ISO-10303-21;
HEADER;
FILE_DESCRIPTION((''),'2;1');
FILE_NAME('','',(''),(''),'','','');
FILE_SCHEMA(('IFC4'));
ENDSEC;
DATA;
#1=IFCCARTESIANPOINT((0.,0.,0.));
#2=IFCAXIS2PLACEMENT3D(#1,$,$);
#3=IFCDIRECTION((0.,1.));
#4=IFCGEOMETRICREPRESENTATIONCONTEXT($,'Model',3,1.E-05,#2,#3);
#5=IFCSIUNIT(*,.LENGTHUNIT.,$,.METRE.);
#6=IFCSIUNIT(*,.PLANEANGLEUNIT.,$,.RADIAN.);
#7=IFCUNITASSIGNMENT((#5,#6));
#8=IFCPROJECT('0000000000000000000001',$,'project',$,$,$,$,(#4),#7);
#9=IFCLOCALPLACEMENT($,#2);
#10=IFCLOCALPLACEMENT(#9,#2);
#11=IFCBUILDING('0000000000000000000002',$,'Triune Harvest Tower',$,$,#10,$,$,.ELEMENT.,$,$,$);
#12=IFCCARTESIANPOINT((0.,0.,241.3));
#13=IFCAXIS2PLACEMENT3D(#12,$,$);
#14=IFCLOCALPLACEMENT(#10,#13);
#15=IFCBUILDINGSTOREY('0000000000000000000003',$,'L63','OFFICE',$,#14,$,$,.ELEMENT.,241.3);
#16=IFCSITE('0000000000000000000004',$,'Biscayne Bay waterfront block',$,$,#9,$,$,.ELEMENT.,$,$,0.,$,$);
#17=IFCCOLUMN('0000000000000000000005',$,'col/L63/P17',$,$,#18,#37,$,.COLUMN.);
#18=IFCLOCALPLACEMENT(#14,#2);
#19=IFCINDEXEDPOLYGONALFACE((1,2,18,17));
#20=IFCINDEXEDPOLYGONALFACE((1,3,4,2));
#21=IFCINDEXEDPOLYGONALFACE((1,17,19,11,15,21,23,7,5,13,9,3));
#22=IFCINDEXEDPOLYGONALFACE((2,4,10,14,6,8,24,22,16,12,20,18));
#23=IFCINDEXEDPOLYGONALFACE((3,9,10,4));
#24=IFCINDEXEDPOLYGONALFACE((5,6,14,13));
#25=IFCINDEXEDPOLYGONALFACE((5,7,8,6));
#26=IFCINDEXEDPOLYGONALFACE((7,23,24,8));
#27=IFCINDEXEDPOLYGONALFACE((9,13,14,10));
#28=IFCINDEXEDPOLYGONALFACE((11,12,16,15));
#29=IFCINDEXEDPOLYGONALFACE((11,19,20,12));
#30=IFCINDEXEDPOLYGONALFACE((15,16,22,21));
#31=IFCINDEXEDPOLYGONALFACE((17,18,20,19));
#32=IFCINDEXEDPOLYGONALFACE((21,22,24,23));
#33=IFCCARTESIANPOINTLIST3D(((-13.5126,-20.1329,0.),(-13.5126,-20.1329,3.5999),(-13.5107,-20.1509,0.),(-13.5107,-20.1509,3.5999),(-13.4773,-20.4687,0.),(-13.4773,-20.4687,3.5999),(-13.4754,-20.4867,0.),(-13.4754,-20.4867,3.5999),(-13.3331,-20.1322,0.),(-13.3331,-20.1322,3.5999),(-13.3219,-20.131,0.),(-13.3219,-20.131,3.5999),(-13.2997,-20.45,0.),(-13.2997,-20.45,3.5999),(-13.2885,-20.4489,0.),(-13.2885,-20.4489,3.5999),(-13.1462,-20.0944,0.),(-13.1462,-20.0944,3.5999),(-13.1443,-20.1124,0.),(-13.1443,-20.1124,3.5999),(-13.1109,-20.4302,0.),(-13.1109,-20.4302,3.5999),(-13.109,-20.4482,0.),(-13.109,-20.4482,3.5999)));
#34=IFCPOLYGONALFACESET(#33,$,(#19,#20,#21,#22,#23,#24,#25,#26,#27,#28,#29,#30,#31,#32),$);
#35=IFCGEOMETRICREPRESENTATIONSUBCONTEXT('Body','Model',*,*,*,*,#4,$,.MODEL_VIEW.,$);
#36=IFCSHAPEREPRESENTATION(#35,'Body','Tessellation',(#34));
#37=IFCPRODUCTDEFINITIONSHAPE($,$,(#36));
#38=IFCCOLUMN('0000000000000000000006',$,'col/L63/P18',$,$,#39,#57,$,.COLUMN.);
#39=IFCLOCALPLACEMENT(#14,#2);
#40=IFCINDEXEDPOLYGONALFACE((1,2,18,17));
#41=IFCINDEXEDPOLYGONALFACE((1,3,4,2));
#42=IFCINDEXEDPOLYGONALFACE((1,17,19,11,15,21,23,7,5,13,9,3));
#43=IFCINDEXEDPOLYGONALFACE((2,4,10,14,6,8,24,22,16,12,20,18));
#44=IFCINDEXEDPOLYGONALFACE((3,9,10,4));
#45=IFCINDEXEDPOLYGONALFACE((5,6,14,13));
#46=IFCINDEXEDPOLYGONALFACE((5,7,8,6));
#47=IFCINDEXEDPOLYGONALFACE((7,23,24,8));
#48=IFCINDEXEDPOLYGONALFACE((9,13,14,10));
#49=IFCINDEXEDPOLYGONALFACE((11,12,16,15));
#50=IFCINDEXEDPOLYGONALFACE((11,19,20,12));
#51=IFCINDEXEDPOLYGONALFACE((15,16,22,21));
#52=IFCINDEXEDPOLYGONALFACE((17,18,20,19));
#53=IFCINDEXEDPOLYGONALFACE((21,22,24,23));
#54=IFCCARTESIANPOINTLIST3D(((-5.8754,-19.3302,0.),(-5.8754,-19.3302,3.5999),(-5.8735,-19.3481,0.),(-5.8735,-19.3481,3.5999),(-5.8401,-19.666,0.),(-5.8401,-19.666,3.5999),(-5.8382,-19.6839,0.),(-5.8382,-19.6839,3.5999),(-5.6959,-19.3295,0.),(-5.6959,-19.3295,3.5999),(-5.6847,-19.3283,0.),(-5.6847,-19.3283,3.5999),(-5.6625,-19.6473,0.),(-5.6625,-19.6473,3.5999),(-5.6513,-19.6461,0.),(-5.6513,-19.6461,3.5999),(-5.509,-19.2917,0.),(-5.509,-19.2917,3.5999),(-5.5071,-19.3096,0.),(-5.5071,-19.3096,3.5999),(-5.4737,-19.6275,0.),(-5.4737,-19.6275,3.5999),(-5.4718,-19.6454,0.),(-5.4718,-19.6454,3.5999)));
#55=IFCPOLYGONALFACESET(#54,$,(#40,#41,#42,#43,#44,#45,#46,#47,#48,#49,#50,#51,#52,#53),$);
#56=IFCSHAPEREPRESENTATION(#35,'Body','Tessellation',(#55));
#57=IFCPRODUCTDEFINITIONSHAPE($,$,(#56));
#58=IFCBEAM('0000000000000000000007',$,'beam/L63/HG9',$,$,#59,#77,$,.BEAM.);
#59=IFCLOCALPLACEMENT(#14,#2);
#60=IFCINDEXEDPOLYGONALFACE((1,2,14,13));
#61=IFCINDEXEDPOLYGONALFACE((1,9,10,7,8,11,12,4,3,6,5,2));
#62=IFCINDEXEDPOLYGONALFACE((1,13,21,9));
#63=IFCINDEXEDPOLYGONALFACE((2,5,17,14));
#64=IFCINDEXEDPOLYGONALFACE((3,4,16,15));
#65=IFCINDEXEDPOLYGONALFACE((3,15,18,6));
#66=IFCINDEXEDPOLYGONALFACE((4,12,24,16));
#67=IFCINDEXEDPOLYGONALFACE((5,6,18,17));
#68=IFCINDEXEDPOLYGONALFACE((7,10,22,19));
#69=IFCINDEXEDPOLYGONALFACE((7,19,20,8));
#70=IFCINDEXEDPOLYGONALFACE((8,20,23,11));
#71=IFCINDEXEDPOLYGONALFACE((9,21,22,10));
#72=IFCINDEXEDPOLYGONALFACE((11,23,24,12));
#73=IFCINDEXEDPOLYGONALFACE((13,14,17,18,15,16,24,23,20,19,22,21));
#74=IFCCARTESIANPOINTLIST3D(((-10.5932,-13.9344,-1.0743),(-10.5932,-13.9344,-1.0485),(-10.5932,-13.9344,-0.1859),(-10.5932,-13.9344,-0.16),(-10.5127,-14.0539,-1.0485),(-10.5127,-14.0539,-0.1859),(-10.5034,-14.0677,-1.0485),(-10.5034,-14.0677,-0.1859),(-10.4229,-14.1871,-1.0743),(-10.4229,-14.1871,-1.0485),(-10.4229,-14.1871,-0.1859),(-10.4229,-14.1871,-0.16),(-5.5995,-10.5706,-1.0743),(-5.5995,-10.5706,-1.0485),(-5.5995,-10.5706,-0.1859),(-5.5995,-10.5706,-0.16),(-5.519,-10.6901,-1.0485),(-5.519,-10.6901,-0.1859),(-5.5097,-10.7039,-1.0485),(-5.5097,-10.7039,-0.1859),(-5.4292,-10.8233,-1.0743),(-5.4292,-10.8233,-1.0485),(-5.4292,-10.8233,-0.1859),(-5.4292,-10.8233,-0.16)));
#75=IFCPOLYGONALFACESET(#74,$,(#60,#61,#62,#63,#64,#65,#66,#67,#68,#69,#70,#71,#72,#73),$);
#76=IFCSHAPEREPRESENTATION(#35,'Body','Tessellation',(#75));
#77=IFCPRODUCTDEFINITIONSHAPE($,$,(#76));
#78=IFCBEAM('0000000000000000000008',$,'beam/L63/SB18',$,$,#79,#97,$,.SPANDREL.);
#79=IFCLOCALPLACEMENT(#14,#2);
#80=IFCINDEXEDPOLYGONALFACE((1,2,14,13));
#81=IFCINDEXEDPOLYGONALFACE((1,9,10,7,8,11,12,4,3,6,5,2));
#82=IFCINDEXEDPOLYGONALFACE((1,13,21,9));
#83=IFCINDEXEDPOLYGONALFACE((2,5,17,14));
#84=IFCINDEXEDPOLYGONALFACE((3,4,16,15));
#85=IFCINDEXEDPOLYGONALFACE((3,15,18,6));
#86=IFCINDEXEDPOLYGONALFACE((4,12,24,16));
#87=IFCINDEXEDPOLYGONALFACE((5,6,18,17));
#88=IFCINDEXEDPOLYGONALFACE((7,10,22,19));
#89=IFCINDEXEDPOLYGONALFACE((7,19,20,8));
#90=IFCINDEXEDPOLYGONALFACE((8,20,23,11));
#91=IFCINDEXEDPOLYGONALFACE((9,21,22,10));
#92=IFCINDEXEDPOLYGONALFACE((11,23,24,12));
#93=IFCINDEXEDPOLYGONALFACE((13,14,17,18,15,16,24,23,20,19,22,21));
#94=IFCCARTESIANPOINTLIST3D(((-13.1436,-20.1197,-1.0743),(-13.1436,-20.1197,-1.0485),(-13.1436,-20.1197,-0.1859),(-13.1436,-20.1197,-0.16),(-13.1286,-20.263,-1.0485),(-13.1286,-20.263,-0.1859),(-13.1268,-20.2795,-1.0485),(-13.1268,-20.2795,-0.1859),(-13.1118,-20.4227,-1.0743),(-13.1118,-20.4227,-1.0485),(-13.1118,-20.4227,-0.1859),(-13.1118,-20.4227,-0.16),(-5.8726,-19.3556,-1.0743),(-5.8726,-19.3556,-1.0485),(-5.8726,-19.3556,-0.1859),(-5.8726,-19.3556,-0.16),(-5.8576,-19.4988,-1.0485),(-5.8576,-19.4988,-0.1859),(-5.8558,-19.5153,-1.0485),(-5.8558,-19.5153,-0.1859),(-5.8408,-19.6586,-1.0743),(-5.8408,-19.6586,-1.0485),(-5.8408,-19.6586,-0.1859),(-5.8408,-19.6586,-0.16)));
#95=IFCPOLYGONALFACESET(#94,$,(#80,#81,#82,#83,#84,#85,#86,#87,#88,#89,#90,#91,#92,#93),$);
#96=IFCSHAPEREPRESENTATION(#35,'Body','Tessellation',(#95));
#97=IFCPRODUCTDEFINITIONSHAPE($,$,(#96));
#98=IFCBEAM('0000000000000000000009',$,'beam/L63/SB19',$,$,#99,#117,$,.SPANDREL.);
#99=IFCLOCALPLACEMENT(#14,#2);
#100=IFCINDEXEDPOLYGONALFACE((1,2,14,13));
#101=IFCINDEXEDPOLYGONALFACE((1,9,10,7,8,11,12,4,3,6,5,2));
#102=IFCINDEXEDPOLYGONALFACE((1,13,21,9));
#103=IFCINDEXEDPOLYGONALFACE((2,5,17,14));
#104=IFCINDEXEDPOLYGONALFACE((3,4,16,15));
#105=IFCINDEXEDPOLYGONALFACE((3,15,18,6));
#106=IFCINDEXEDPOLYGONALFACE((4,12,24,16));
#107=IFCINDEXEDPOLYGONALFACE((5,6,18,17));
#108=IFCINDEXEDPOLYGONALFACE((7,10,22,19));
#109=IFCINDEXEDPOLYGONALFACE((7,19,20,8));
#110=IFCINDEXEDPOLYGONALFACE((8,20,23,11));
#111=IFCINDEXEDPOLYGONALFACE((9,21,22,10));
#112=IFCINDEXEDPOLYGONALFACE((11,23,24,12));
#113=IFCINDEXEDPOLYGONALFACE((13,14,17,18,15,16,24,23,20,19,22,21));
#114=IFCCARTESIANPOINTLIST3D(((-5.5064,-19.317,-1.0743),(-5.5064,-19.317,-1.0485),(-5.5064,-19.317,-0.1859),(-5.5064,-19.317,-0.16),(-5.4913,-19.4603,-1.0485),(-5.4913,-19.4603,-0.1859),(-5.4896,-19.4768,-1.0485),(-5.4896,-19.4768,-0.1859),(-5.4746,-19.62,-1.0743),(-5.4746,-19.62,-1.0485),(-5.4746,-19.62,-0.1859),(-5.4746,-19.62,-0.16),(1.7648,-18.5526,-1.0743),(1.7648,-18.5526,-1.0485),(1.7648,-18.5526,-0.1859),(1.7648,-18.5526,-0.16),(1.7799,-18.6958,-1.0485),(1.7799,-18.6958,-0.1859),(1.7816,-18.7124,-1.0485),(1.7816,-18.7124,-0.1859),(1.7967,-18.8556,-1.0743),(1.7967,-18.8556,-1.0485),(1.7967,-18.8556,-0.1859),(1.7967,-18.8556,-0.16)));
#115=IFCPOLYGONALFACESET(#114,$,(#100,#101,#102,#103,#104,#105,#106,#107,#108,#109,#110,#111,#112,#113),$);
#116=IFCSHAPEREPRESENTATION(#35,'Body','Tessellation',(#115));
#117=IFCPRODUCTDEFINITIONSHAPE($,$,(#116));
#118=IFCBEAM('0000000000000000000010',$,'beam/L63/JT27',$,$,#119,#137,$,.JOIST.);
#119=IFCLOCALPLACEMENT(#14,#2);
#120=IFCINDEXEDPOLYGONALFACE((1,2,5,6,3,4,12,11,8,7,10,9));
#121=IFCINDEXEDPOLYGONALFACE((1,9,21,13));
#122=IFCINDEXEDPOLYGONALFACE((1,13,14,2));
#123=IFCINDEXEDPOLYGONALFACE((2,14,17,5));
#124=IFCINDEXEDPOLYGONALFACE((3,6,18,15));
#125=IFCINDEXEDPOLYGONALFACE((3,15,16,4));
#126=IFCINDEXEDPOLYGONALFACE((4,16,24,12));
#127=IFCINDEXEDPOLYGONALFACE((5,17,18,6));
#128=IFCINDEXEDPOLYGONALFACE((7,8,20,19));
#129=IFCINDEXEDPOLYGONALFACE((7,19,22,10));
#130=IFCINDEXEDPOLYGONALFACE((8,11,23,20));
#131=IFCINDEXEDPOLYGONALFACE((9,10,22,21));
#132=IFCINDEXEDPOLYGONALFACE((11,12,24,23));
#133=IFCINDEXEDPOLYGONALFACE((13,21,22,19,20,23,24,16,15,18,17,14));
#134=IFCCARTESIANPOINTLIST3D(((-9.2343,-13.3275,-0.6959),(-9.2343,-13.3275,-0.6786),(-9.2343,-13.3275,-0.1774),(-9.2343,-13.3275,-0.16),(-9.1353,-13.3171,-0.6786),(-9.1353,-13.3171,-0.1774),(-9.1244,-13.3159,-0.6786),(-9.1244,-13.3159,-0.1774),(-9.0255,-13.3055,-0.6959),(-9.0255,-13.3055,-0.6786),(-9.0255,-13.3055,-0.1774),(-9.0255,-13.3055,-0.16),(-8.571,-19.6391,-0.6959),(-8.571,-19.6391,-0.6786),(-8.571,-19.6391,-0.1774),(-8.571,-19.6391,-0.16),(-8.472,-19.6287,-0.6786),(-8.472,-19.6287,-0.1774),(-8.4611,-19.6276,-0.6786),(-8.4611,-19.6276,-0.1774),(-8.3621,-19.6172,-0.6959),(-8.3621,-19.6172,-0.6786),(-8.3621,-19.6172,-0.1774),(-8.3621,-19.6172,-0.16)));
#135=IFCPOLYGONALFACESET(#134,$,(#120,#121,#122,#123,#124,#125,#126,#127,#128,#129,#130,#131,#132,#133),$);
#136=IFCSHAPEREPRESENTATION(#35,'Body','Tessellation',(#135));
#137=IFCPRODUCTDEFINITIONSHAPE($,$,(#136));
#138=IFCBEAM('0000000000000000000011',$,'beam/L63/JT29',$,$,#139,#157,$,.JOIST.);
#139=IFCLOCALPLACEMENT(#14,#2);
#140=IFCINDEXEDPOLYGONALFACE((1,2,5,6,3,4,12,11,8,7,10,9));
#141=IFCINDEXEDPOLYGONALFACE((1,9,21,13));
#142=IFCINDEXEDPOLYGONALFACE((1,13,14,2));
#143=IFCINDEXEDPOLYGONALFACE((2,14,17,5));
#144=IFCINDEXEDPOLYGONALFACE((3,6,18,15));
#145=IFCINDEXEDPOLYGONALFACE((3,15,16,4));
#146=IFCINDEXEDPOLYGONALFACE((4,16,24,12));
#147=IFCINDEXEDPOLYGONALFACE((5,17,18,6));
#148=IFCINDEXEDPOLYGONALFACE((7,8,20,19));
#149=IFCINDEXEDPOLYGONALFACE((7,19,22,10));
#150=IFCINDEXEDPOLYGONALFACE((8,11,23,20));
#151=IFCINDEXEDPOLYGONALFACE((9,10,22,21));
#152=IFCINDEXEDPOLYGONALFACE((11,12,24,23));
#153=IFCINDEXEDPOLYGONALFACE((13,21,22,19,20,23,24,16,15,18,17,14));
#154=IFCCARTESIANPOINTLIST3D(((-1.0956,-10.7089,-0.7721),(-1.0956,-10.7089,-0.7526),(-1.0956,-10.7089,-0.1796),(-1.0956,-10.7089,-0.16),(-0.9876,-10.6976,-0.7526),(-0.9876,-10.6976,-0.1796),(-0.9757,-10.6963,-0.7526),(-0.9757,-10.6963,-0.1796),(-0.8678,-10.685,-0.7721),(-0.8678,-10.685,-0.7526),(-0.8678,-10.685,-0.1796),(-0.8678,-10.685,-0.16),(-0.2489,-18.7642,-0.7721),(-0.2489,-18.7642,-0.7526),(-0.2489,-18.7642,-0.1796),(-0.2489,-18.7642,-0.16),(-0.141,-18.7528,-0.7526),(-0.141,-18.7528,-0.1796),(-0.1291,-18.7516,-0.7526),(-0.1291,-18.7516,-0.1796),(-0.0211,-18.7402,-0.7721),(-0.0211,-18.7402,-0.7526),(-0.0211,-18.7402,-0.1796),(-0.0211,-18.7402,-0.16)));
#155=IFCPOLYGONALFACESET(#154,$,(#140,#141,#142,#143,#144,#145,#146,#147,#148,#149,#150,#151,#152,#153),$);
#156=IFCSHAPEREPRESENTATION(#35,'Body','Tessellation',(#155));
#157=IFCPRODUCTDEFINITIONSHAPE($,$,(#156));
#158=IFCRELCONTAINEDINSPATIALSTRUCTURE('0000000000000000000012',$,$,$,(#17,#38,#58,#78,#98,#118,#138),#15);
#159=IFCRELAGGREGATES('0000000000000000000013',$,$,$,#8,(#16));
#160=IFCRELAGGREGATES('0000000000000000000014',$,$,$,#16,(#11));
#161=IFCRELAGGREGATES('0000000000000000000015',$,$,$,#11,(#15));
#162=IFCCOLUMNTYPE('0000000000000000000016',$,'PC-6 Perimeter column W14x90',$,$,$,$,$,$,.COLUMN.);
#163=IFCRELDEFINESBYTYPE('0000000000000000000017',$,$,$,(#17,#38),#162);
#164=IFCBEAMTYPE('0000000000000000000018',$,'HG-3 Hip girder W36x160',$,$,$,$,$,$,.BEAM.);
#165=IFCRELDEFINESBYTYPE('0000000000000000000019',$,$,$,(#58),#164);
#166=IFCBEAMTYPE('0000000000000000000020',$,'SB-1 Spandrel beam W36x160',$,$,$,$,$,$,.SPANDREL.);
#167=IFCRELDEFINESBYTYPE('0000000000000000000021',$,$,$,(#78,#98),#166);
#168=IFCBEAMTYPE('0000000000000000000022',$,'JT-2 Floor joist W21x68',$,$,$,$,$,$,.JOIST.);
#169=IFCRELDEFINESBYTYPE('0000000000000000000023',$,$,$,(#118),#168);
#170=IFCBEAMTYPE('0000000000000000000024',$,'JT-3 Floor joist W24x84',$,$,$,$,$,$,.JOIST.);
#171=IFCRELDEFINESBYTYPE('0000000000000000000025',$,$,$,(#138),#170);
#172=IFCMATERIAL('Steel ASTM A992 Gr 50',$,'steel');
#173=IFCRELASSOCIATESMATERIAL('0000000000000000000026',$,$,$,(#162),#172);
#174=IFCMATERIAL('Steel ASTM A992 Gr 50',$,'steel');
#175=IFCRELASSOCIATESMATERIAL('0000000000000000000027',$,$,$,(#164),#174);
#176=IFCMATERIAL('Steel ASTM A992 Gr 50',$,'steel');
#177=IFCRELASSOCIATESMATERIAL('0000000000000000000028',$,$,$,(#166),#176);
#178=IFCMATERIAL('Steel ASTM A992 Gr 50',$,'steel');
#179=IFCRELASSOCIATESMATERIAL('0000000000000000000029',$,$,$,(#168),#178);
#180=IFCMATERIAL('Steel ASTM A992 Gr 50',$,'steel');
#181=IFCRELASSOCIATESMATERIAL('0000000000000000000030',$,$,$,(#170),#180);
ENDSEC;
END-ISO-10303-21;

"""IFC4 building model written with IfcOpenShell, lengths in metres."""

from ifc_helpers import new_model, si_unit, direction, frame, origin, origin_2d, place, context, subcontext, project, spatial, i_section, extrude, source, transform, mapped, material, material_profile, profile_set, type_object, element, save


model = new_model("IFC4")

# Units and contexts
model_context = context("Model", 3, precision=1e-05, world=origin(), true_north=direction((0.0, 1.0)))
body_context = subcontext(model_context, "Body", "Model", "MODEL_VIEW")
ifc_project = project(units=[si_unit("LENGTHUNIT", "METRE"), si_unit("PLANEANGLEUNIT", "RADIAN")], contexts=[model_context])

# Site, building, storey
site_placement = place(None, origin())
site = spatial("IfcSite", under=ifc_project, at=site_placement, Name="Biscayne Bay waterfront block", CompositionType="ELEMENT", RefElevation=0.0)
building_placement = place(site_placement, origin())
building = spatial("IfcBuilding", under=site, at=building_placement, Name="Triune Harvest Tower", CompositionType="ELEMENT")
storey_placement = place(building_placement, frame((0.0, 0.0, 241.3)))
storey = spatial("IfcBuildingStorey", under=building, at=storey_placement, Name="L63", Description="OFFICE", CompositionType="ELEMENT", Elevation=241.3)

# Columns
ifc_material_1 = material(Name="Steel ASTM A992 Gr 50", Category="steel")
ifc_material_profile_1 = material_profile(ifc_material_1, i_section(OverallWidth=0.3684, OverallDepth=0.3557, WebThickness=0.0112, FlangeThickness=0.0181, at=origin_2d()), Name="W14x90")
ifc_profile_set_1 = profile_set([ifc_material_profile_1], Name="Steel ASTM A992 Gr 50")
column_type = type_object("IfcColumnType", Name="PC-6 Perimeter column W14x90", PredefinedType="COLUMN", material=ifc_profile_set_1)
shared_shape_1 = source(origin(), body_context, "Body", "SweptSolid", [
    extrude(i_section(OverallWidth=0.3684, OverallDepth=0.3557, WebThickness=0.0112, FlangeThickness=0.0181, at=origin_2d()), origin(), (0.0, 0.0, 1.0), 3.5999),
])
for number, where, z_axis, x_axis, name in (
    (1, (-13.3108, -20.2905, 0.0), (0.0, 0.0, 1.0), (0.994522, 0.10453, 0.0), "col/L63/P17"),
    (2, (-5.6736, -19.4878, 0.0), (0.0, 0.0, 1.0), (0.994522, 0.10453, 0.0), "col/L63/P18"),
):
    element("IfcColumn", number, at=place(storey_placement, frame(where, z_axis=z_axis, x_axis=x_axis)), inside=storey, type_object=column_type, Name=name, PredefinedType="COLUMN", context=body_context, shape_type="MappedRepresentation", body=[
        mapped(shared_shape_1, transform((0.0, 0.0, 0.0), scale=1.0)),
    ])

# Beams
ifc_material_2 = material(Name="Steel ASTM A992 Gr 50", Category="steel")
ifc_material_profile_2 = material_profile(ifc_material_2, i_section(OverallWidth=0.3047, OverallDepth=0.9143, WebThickness=0.0166, FlangeThickness=0.0259, at=origin_2d()), Name="W36x160")
ifc_profile_set_2 = profile_set([ifc_material_profile_2], Name="Steel ASTM A992 Gr 50")
beam_type_1 = type_object("IfcBeamType", Name="HG-3 Hip girder W36x160", PredefinedType="BEAM", material=ifc_profile_set_2)
shared_shape_2 = source(origin(), body_context, "Body", "SweptSolid", [
    extrude(i_section(OverallWidth=0.3047, OverallDepth=0.9143, WebThickness=0.0166, FlangeThickness=0.0259, at=origin_2d()), origin(), (0.0, 0.0, 1.0), 6.021),
])
beam_1_placement = place(storey_placement, frame((-10.5081, -14.0608, -0.6172), z_axis=(0.829383, 0.55868, 0.0), x_axis=(-0.55868, 0.829383, 0.0)))
element("IfcBeam", 3, at=beam_1_placement, inside=storey, type_object=beam_type_1, Name="beam/L63/HG9", PredefinedType="BEAM", context=body_context, shape_type="MappedRepresentation", body=[
    mapped(shared_shape_2, transform((0.0, 0.0, 0.0), scale=1.0)),
])
ifc_material_3 = material(Name="Steel ASTM A992 Gr 50", Category="steel")
ifc_material_profile_3 = material_profile(ifc_material_3, i_section(OverallWidth=0.3047, OverallDepth=0.9143, WebThickness=0.0166, FlangeThickness=0.0259, at=origin_2d()), Name="W36x160")
ifc_profile_set_3 = profile_set([ifc_material_profile_3], Name="Steel ASTM A992 Gr 50")
beam_type_2 = type_object("IfcBeamType", Name="SB-1 Spandrel beam W36x160", PredefinedType="SPANDREL", material=ifc_profile_set_3)
shared_shape_3 = source(origin(), body_context, "Body", "SweptSolid", [
    extrude(i_section(OverallWidth=0.3047, OverallDepth=0.9143, WebThickness=0.0166, FlangeThickness=0.0259, at=origin_2d()), origin(), (0.0, 0.0, 1.0), 7.311),
])
beam_2_placement = place(storey_placement, frame((-13.1277, -20.2712, -0.6172), z_axis=(0.994523, 0.104521, 0.0), x_axis=(-0.104521, 0.994523, 0.0)))
element("IfcBeam", 4, at=beam_2_placement, inside=storey, type_object=beam_type_2, Name="beam/L63/SB18", PredefinedType="SPANDREL", context=body_context, shape_type="MappedRepresentation", body=[
    mapped(shared_shape_3, transform((0.0, 0.0, 0.0), scale=1.0)),
])
shared_shape_4 = source(origin(), body_context, "Body", "SweptSolid", [
    extrude(i_section(OverallWidth=0.3047, OverallDepth=0.9143, WebThickness=0.0166, FlangeThickness=0.0259, at=origin_2d()), origin(), (0.0, 0.0, 1.0), 7.3113),
])
beam_3_placement = place(storey_placement, frame((-5.4905, -19.4685, -0.6172), z_axis=(0.99452, 0.104551, 0.0), x_axis=(-0.104551, 0.99452, 0.0)))
element("IfcBeam", 5, at=beam_3_placement, inside=storey, type_object=beam_type_2, Name="beam/L63/SB19", PredefinedType="SPANDREL", context=body_context, shape_type="MappedRepresentation", body=[
    mapped(shared_shape_4, transform((0.0, 0.0, 0.0), scale=1.0)),
])
ifc_material_4 = material(Name="Steel ASTM A992 Gr 50", Category="steel")
ifc_material_profile_4 = material_profile(ifc_material_4, i_section(OverallWidth=0.21, OverallDepth=0.5359, WebThickness=0.011, FlangeThickness=0.0173, at=origin_2d()), Name="W21x68")
ifc_profile_set_4 = profile_set([ifc_material_profile_4], Name="Steel ASTM A992 Gr 50")
beam_type_3 = type_object("IfcBeamType", Name="JT-2 Floor joist W21x68", PredefinedType="JOIST", material=ifc_profile_set_4)
shared_shape_5 = source(origin(), body_context, "Body", "SweptSolid", [
    extrude(i_section(OverallWidth=0.21, OverallDepth=0.5359, WebThickness=0.011, FlangeThickness=0.0173, at=origin_2d()), origin(), (0.0, 0.0, 1.0), 6.3464),
])
beam_4_placement = place(storey_placement, frame((-8.4666, -19.6282, -0.428), z_axis=(-0.104519, 0.994523, 0.0), x_axis=(-0.994523, -0.104519, 0.0)))
element("IfcBeam", 6, at=beam_4_placement, inside=storey, type_object=beam_type_3, Name="beam/L63/JT27", PredefinedType="JOIST", context=body_context, shape_type="MappedRepresentation", body=[
    mapped(shared_shape_5, transform((0.0, 0.0, 0.0), scale=1.0)),
])
ifc_material_5 = material(Name="Steel ASTM A992 Gr 50", Category="steel")
ifc_material_profile_5 = material_profile(ifc_material_5, i_section(OverallWidth=0.229, OverallDepth=0.6121, WebThickness=0.012, FlangeThickness=0.0195, at=origin_2d()), Name="W24x84")
ifc_profile_set_5 = profile_set([ifc_material_profile_5], Name="Steel ASTM A992 Gr 50")
beam_type_4 = type_object("IfcBeamType", Name="JT-3 Floor joist W24x84", PredefinedType="JOIST", material=ifc_profile_set_5)
shared_shape_6 = source(origin(), body_context, "Body", "SweptSolid", [
    extrude(i_section(OverallWidth=0.229, OverallDepth=0.6121, WebThickness=0.012, FlangeThickness=0.0195, at=origin_2d()), origin(), (0.0, 0.0, 1.0), 8.0996),
])
beam_5_placement = place(storey_placement, frame((-0.135, -18.7522, -0.4661), z_axis=(-0.104534, 0.994521, 0.0), x_axis=(-0.994521, -0.104534, 0.0)))
element("IfcBeam", 7, at=beam_5_placement, inside=storey, type_object=beam_type_4, Name="beam/L63/JT29", PredefinedType="JOIST", context=body_context, shape_type="MappedRepresentation", body=[
    mapped(shared_shape_6, transform((0.0, 0.0, 0.0), scale=1.0)),
])

save(model, "model.ifc")
